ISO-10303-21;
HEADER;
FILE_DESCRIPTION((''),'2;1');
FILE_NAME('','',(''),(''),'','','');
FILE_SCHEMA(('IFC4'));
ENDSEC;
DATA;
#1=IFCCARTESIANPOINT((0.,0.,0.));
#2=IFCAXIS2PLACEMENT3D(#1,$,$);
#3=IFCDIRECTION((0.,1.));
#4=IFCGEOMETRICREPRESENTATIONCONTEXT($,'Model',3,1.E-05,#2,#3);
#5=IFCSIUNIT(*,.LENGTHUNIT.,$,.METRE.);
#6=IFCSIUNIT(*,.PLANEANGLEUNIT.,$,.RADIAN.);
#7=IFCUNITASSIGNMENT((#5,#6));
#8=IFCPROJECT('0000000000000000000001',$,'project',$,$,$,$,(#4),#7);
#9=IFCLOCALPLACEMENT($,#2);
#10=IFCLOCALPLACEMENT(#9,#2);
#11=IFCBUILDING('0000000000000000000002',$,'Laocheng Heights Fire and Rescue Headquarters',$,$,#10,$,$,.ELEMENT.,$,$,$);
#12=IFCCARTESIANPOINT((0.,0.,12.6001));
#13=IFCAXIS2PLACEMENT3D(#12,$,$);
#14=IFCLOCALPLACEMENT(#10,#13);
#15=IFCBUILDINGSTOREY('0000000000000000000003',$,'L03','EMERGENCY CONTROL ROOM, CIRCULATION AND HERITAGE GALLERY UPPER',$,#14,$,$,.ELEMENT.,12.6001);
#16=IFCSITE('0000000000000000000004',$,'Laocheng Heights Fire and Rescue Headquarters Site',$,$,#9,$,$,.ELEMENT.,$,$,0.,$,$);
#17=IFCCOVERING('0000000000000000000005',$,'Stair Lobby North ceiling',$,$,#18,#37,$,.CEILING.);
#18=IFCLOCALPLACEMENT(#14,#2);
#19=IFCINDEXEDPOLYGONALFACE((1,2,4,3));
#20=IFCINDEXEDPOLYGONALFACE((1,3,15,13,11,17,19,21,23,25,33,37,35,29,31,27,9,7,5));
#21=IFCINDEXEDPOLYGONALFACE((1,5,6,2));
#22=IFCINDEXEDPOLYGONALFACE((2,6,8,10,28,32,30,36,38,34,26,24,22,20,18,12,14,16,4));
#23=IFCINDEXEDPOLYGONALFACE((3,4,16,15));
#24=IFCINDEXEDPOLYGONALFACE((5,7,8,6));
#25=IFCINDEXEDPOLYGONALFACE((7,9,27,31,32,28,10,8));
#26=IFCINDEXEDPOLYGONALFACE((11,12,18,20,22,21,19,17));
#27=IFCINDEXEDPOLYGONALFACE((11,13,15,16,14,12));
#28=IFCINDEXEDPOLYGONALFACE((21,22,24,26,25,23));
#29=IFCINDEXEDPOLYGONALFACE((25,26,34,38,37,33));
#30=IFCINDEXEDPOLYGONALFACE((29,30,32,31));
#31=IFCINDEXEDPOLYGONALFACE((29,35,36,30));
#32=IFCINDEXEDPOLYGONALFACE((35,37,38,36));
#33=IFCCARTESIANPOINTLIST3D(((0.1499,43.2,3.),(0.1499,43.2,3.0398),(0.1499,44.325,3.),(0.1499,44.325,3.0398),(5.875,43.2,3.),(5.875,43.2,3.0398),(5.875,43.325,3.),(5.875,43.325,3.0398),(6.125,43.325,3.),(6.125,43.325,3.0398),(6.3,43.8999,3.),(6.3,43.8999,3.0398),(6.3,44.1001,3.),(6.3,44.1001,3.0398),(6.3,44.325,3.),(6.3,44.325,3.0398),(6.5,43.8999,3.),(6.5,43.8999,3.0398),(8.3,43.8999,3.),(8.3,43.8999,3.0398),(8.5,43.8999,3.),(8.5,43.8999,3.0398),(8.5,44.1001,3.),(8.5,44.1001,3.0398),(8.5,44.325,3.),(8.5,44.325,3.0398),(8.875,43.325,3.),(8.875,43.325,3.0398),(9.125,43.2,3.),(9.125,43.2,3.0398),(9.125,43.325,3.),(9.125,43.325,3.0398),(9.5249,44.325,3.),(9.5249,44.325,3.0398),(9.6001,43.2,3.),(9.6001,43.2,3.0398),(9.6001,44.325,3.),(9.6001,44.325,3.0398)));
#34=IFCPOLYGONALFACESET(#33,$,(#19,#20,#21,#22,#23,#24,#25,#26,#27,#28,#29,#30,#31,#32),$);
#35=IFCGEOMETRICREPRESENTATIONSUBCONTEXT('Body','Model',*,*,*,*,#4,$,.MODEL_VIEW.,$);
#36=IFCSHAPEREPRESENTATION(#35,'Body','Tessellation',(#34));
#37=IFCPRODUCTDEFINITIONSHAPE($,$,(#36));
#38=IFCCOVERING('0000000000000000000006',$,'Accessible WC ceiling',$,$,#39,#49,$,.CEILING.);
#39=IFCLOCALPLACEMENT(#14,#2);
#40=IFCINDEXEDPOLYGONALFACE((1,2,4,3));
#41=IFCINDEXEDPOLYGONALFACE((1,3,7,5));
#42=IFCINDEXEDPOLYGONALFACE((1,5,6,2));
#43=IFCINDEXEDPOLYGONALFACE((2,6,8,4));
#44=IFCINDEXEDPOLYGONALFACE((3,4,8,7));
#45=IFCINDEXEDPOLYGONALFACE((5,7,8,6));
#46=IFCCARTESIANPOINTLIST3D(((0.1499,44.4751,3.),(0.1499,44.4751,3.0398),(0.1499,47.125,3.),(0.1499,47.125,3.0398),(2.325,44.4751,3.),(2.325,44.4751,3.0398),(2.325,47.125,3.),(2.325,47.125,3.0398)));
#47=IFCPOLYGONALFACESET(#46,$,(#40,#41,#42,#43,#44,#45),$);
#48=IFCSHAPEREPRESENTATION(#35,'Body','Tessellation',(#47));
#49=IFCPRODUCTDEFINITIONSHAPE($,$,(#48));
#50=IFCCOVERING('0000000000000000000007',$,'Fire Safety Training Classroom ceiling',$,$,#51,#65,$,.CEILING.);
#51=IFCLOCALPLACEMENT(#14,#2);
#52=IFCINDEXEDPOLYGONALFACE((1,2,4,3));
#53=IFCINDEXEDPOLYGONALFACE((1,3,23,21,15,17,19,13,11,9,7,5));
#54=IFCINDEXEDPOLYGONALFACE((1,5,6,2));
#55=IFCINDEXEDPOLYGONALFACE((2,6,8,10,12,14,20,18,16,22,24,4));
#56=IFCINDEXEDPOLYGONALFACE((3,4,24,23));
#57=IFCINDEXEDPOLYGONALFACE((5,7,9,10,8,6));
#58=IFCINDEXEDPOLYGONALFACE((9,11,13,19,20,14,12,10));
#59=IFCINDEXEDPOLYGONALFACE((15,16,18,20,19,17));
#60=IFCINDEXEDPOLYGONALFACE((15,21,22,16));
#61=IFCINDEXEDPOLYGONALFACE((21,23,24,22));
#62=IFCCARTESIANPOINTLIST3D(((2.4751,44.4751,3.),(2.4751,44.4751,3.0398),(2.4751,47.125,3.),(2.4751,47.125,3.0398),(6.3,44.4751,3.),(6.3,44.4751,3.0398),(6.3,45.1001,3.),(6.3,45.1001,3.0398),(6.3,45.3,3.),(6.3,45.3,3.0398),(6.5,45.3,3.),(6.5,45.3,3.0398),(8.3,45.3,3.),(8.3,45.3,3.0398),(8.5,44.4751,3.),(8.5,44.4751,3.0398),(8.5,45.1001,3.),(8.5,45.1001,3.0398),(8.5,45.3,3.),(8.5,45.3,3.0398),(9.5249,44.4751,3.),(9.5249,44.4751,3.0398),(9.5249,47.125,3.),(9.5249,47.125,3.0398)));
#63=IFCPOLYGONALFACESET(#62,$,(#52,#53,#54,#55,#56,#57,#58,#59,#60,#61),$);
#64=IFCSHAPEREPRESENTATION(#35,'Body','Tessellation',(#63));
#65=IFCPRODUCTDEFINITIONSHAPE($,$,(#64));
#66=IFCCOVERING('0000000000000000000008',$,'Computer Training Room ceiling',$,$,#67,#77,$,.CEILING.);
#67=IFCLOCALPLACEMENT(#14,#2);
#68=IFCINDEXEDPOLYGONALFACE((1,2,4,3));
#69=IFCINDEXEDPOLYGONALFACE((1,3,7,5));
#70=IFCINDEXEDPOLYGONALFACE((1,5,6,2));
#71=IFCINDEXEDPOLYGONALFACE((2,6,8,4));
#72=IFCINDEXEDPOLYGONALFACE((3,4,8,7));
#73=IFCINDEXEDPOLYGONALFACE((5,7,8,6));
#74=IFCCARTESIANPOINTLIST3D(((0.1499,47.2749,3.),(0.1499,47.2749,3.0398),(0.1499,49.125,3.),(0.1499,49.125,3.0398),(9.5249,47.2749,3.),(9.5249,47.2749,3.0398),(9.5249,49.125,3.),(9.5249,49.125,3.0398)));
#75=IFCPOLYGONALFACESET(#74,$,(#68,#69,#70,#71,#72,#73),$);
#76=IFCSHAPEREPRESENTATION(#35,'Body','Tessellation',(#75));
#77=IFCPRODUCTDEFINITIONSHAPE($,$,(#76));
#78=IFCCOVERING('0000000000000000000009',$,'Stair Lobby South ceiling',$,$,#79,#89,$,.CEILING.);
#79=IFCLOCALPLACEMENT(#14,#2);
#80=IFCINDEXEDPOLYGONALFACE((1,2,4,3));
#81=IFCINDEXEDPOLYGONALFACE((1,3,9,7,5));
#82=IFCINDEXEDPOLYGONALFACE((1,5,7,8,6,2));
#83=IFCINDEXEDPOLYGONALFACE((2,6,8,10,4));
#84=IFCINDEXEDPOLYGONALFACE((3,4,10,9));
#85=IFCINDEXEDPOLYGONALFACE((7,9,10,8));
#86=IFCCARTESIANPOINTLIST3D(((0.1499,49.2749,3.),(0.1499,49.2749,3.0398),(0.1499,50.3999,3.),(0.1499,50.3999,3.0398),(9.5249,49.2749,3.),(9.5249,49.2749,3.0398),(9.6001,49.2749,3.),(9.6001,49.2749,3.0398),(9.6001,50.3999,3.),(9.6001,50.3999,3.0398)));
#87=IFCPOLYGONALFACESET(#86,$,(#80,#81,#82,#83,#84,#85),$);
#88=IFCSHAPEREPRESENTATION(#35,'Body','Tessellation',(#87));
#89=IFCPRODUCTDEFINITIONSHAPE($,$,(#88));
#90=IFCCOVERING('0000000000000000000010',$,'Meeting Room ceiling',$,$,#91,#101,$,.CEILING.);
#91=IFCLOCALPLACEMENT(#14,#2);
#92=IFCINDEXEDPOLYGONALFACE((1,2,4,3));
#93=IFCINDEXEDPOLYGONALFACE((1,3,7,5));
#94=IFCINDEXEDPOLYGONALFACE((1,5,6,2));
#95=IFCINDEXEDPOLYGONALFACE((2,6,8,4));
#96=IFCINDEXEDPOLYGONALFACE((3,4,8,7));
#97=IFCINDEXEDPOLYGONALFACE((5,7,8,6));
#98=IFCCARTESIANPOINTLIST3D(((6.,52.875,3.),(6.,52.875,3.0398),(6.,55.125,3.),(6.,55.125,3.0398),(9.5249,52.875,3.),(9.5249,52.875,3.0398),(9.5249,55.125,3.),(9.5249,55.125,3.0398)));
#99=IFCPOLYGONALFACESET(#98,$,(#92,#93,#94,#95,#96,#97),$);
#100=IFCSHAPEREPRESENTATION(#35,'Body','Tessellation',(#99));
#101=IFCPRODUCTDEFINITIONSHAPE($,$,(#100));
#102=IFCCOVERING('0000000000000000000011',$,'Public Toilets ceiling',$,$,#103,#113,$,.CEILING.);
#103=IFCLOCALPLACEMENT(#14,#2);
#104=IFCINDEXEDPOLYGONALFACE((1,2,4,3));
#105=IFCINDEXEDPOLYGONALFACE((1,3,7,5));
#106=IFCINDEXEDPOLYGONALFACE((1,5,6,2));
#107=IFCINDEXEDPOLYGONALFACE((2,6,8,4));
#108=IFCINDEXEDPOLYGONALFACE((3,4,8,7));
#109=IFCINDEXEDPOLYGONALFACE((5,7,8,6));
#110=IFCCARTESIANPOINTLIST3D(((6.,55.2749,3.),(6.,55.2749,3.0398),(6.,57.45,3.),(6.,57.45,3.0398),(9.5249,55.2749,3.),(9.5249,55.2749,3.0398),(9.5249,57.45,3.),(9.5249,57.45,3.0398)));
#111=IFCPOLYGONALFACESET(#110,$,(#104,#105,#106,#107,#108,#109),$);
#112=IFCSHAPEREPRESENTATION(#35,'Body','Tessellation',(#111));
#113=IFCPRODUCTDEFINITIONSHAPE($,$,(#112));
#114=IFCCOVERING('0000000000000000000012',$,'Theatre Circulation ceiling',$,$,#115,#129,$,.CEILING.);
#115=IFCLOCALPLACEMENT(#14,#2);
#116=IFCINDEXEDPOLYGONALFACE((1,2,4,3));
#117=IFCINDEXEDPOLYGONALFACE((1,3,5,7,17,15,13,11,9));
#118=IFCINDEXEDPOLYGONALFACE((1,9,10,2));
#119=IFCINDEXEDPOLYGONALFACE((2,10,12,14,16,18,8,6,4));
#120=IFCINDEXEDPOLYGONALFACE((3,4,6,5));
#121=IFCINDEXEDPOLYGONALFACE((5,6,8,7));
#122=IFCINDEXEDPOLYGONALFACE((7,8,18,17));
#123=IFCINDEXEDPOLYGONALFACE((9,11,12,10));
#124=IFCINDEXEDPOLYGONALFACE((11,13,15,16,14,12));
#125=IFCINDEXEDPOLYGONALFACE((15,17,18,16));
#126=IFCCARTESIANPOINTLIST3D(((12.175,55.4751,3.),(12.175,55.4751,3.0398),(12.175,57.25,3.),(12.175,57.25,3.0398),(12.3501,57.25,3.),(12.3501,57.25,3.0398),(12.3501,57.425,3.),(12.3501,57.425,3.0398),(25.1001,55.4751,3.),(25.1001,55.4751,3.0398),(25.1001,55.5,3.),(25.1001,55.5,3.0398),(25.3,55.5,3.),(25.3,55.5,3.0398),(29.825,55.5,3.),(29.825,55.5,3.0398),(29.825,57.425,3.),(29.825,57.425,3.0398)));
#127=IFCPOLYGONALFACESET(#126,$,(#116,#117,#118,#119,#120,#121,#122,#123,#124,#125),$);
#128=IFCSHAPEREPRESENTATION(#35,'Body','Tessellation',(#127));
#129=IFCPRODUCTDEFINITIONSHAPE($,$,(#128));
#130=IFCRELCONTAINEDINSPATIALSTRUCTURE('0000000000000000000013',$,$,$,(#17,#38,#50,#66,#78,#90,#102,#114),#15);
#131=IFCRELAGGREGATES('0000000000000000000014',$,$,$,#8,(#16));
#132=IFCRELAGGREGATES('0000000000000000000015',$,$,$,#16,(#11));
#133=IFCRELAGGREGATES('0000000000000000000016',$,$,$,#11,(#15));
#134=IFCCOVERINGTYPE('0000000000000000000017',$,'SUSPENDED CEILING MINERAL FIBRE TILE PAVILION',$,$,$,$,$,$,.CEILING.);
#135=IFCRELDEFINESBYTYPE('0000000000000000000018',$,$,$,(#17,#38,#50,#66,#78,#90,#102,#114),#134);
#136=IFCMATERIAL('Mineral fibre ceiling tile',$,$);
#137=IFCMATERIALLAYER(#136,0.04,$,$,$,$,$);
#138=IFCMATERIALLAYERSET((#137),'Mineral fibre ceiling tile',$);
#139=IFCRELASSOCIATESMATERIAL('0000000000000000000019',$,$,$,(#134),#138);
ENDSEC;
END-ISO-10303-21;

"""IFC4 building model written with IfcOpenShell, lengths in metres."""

from ifc_helpers import new_model, si_unit, direction, frame, origin, place, context, subcontext, project, spatial, polyline, outline, extrude, material, layer, layer_set, type_object, element, save


model = new_model("IFC4")

# Units and contexts
model_context = context("Model", 3, precision=1e-05, world=origin(), true_north=direction((0.0, 1.0)))
body_context = subcontext(model_context, "Body", "Model", "MODEL_VIEW")
ifc_project = project(units=[si_unit("LENGTHUNIT", "METRE"), si_unit("PLANEANGLEUNIT", "RADIAN")], contexts=[model_context])

# Site, building, storey
site_placement = place(None, origin())
site = spatial("IfcSite", under=ifc_project, at=site_placement, Name="Laocheng Heights Fire and Rescue Headquarters Site", CompositionType="ELEMENT", RefElevation=0.0)
building_placement = place(site_placement, origin())
building = spatial("IfcBuilding", under=site, at=building_placement, Name="Laocheng Heights Fire and Rescue Headquarters", CompositionType="ELEMENT")
storey_placement = place(building_placement, frame((0.0, 0.0, 12.6001)))
storey = spatial("IfcBuildingStorey", under=building, at=storey_placement, Name="L03", Description="EMERGENCY CONTROL ROOM, CIRCULATION AND HERITAGE GALLERY UPPER", CompositionType="ELEMENT", Elevation=12.6001)

# Coverings
ifc_material_1 = material(Name="Mineral fibre ceiling tile")
ifc_layer_1 = layer(ifc_material_1, 0.04)
ifc_layer_set_1 = layer_set([ifc_layer_1], Name="Mineral fibre ceiling tile")
covering_type_1 = type_object("IfcCoveringType", Name="SUSPENDED CEILING MINERAL FIBRE TILE PAVILION", PredefinedType="CEILING", material=ifc_layer_set_1)
covering_1_placement = place(storey_placement, frame((0.0, 0.0, 3.0)))
element("IfcCovering", 1, at=covering_1_placement, inside=storey, type_object=covering_type_1, Name="Stair Lobby North ceiling", PredefinedType="CEILING", context=body_context, shape_type="SweptSolid", body=[
    extrude(outline(polyline([(9.125, 43.2), (9.125, 43.325), (8.875, 43.325), (6.125, 43.325), (5.875, 43.325), (5.875, 43.2), (0.1499, 43.2), (0.1499, 44.325), (6.3, 44.325), (6.3, 44.1001), (6.3, 43.8999), (6.5, 43.8999), (8.3, 43.8999), (8.5, 43.8999), (8.5, 44.1001), (8.5, 44.325), (9.5249, 44.325), (9.6001, 44.325), (9.6001, 43.2), (9.125, 43.2)])), origin(), (0.0, 0.0, 1.0), 0.0398),
])
covering_2_placement = place(storey_placement, frame((0.0, 0.0, 3.0)))
element("IfcCovering", 2, at=covering_2_placement, inside=storey, type_object=covering_type_1, Name="Accessible WC ceiling", PredefinedType="CEILING", context=body_context, shape_type="SweptSolid", body=[
    extrude(outline(polyline([(0.1499, 44.4751), (0.1499, 47.125), (2.325, 47.125), (2.325, 44.4751), (0.1499, 44.4751)])), origin(), (0.0, 0.0, 1.0), 0.0398),
])
covering_3_placement = place(storey_placement, frame((0.0, 0.0, 3.0)))
element("IfcCovering", 3, at=covering_3_placement, inside=storey, type_object=covering_type_1, Name="Fire Safety Training Classroom ceiling", PredefinedType="CEILING", context=body_context, shape_type="SweptSolid", body=[
    extrude(outline(polyline([(9.5249, 44.4751), (8.5, 44.4751), (8.5, 45.1001), (8.5, 45.3), (8.3, 45.3), (6.5, 45.3), (6.3, 45.3), (6.3, 45.1001), (6.3, 44.4751), (2.4751, 44.4751), (2.4751, 47.125), (9.5249, 47.125), (9.5249, 44.4751)])), origin(), (0.0, 0.0, 1.0), 0.0398),
])
covering_4_placement = place(storey_placement, frame((0.0, 0.0, 3.0)))
element("IfcCovering", 4, at=covering_4_placement, inside=storey, type_object=covering_type_1, Name="Computer Training Room ceiling", PredefinedType="CEILING", context=body_context, shape_type="SweptSolid", body=[
    extrude(outline(polyline([(9.5249, 47.2749), (0.1499, 47.2749), (0.1499, 49.125), (9.5249, 49.125), (9.5249, 47.2749)])), origin(), (0.0, 0.0, 1.0), 0.0398),
])
covering_5_placement = place(storey_placement, frame((0.0, 0.0, 3.0)))
element("IfcCovering", 5, at=covering_5_placement, inside=storey, type_object=covering_type_1, Name="Stair Lobby South ceiling", PredefinedType="CEILING", context=body_context, shape_type="SweptSolid", body=[
    extrude(outline(polyline([(9.6001, 49.2749), (9.5249, 49.2749), (0.1499, 49.2749), (0.1499, 50.3999), (9.6001, 50.3999), (9.6001, 49.2749)])), origin(), (0.0, 0.0, 1.0), 0.0398),
])
covering_6_placement = place(storey_placement, frame((0.0, 0.0, 3.0)))
element("IfcCovering", 6, at=covering_6_placement, inside=storey, type_object=covering_type_1, Name="Meeting Room ceiling", PredefinedType="CEILING", context=body_context, shape_type="SweptSolid", body=[
    extrude(outline(polyline([(9.5249, 55.125), (9.5249, 52.875), (6.0, 52.875), (6.0, 55.125), (9.5249, 55.125)])), origin(), (0.0, 0.0, 1.0), 0.0398),
])
covering_7_placement = place(storey_placement, frame((0.0, 0.0, 3.0)))
element("IfcCovering", 7, at=covering_7_placement, inside=storey, type_object=covering_type_1, Name="Public Toilets ceiling", PredefinedType="CEILING", context=body_context, shape_type="SweptSolid", body=[
    extrude(outline(polyline([(9.5249, 57.45), (9.5249, 55.2749), (6.0, 55.2749), (6.0, 57.45), (9.5249, 57.45)])), origin(), (0.0, 0.0, 1.0), 0.0398),
])
covering_8_placement = place(storey_placement, frame((0.0, 0.0, 3.0)))
element("IfcCovering", 8, at=covering_8_placement, inside=storey, type_object=covering_type_1, Name="Theatre Circulation ceiling", PredefinedType="CEILING", context=body_context, shape_type="SweptSolid", body=[
    extrude(outline(polyline([(12.175, 57.25), (12.3501, 57.25), (12.3501, 57.425), (29.825, 57.425), (29.825, 55.5), (25.3, 55.5), (25.1001, 55.5), (25.1001, 55.4751), (12.175, 55.4751), (12.175, 57.25)])), origin(), (0.0, 0.0, 1.0), 0.0398),
])

save(model, "model.ifc")
